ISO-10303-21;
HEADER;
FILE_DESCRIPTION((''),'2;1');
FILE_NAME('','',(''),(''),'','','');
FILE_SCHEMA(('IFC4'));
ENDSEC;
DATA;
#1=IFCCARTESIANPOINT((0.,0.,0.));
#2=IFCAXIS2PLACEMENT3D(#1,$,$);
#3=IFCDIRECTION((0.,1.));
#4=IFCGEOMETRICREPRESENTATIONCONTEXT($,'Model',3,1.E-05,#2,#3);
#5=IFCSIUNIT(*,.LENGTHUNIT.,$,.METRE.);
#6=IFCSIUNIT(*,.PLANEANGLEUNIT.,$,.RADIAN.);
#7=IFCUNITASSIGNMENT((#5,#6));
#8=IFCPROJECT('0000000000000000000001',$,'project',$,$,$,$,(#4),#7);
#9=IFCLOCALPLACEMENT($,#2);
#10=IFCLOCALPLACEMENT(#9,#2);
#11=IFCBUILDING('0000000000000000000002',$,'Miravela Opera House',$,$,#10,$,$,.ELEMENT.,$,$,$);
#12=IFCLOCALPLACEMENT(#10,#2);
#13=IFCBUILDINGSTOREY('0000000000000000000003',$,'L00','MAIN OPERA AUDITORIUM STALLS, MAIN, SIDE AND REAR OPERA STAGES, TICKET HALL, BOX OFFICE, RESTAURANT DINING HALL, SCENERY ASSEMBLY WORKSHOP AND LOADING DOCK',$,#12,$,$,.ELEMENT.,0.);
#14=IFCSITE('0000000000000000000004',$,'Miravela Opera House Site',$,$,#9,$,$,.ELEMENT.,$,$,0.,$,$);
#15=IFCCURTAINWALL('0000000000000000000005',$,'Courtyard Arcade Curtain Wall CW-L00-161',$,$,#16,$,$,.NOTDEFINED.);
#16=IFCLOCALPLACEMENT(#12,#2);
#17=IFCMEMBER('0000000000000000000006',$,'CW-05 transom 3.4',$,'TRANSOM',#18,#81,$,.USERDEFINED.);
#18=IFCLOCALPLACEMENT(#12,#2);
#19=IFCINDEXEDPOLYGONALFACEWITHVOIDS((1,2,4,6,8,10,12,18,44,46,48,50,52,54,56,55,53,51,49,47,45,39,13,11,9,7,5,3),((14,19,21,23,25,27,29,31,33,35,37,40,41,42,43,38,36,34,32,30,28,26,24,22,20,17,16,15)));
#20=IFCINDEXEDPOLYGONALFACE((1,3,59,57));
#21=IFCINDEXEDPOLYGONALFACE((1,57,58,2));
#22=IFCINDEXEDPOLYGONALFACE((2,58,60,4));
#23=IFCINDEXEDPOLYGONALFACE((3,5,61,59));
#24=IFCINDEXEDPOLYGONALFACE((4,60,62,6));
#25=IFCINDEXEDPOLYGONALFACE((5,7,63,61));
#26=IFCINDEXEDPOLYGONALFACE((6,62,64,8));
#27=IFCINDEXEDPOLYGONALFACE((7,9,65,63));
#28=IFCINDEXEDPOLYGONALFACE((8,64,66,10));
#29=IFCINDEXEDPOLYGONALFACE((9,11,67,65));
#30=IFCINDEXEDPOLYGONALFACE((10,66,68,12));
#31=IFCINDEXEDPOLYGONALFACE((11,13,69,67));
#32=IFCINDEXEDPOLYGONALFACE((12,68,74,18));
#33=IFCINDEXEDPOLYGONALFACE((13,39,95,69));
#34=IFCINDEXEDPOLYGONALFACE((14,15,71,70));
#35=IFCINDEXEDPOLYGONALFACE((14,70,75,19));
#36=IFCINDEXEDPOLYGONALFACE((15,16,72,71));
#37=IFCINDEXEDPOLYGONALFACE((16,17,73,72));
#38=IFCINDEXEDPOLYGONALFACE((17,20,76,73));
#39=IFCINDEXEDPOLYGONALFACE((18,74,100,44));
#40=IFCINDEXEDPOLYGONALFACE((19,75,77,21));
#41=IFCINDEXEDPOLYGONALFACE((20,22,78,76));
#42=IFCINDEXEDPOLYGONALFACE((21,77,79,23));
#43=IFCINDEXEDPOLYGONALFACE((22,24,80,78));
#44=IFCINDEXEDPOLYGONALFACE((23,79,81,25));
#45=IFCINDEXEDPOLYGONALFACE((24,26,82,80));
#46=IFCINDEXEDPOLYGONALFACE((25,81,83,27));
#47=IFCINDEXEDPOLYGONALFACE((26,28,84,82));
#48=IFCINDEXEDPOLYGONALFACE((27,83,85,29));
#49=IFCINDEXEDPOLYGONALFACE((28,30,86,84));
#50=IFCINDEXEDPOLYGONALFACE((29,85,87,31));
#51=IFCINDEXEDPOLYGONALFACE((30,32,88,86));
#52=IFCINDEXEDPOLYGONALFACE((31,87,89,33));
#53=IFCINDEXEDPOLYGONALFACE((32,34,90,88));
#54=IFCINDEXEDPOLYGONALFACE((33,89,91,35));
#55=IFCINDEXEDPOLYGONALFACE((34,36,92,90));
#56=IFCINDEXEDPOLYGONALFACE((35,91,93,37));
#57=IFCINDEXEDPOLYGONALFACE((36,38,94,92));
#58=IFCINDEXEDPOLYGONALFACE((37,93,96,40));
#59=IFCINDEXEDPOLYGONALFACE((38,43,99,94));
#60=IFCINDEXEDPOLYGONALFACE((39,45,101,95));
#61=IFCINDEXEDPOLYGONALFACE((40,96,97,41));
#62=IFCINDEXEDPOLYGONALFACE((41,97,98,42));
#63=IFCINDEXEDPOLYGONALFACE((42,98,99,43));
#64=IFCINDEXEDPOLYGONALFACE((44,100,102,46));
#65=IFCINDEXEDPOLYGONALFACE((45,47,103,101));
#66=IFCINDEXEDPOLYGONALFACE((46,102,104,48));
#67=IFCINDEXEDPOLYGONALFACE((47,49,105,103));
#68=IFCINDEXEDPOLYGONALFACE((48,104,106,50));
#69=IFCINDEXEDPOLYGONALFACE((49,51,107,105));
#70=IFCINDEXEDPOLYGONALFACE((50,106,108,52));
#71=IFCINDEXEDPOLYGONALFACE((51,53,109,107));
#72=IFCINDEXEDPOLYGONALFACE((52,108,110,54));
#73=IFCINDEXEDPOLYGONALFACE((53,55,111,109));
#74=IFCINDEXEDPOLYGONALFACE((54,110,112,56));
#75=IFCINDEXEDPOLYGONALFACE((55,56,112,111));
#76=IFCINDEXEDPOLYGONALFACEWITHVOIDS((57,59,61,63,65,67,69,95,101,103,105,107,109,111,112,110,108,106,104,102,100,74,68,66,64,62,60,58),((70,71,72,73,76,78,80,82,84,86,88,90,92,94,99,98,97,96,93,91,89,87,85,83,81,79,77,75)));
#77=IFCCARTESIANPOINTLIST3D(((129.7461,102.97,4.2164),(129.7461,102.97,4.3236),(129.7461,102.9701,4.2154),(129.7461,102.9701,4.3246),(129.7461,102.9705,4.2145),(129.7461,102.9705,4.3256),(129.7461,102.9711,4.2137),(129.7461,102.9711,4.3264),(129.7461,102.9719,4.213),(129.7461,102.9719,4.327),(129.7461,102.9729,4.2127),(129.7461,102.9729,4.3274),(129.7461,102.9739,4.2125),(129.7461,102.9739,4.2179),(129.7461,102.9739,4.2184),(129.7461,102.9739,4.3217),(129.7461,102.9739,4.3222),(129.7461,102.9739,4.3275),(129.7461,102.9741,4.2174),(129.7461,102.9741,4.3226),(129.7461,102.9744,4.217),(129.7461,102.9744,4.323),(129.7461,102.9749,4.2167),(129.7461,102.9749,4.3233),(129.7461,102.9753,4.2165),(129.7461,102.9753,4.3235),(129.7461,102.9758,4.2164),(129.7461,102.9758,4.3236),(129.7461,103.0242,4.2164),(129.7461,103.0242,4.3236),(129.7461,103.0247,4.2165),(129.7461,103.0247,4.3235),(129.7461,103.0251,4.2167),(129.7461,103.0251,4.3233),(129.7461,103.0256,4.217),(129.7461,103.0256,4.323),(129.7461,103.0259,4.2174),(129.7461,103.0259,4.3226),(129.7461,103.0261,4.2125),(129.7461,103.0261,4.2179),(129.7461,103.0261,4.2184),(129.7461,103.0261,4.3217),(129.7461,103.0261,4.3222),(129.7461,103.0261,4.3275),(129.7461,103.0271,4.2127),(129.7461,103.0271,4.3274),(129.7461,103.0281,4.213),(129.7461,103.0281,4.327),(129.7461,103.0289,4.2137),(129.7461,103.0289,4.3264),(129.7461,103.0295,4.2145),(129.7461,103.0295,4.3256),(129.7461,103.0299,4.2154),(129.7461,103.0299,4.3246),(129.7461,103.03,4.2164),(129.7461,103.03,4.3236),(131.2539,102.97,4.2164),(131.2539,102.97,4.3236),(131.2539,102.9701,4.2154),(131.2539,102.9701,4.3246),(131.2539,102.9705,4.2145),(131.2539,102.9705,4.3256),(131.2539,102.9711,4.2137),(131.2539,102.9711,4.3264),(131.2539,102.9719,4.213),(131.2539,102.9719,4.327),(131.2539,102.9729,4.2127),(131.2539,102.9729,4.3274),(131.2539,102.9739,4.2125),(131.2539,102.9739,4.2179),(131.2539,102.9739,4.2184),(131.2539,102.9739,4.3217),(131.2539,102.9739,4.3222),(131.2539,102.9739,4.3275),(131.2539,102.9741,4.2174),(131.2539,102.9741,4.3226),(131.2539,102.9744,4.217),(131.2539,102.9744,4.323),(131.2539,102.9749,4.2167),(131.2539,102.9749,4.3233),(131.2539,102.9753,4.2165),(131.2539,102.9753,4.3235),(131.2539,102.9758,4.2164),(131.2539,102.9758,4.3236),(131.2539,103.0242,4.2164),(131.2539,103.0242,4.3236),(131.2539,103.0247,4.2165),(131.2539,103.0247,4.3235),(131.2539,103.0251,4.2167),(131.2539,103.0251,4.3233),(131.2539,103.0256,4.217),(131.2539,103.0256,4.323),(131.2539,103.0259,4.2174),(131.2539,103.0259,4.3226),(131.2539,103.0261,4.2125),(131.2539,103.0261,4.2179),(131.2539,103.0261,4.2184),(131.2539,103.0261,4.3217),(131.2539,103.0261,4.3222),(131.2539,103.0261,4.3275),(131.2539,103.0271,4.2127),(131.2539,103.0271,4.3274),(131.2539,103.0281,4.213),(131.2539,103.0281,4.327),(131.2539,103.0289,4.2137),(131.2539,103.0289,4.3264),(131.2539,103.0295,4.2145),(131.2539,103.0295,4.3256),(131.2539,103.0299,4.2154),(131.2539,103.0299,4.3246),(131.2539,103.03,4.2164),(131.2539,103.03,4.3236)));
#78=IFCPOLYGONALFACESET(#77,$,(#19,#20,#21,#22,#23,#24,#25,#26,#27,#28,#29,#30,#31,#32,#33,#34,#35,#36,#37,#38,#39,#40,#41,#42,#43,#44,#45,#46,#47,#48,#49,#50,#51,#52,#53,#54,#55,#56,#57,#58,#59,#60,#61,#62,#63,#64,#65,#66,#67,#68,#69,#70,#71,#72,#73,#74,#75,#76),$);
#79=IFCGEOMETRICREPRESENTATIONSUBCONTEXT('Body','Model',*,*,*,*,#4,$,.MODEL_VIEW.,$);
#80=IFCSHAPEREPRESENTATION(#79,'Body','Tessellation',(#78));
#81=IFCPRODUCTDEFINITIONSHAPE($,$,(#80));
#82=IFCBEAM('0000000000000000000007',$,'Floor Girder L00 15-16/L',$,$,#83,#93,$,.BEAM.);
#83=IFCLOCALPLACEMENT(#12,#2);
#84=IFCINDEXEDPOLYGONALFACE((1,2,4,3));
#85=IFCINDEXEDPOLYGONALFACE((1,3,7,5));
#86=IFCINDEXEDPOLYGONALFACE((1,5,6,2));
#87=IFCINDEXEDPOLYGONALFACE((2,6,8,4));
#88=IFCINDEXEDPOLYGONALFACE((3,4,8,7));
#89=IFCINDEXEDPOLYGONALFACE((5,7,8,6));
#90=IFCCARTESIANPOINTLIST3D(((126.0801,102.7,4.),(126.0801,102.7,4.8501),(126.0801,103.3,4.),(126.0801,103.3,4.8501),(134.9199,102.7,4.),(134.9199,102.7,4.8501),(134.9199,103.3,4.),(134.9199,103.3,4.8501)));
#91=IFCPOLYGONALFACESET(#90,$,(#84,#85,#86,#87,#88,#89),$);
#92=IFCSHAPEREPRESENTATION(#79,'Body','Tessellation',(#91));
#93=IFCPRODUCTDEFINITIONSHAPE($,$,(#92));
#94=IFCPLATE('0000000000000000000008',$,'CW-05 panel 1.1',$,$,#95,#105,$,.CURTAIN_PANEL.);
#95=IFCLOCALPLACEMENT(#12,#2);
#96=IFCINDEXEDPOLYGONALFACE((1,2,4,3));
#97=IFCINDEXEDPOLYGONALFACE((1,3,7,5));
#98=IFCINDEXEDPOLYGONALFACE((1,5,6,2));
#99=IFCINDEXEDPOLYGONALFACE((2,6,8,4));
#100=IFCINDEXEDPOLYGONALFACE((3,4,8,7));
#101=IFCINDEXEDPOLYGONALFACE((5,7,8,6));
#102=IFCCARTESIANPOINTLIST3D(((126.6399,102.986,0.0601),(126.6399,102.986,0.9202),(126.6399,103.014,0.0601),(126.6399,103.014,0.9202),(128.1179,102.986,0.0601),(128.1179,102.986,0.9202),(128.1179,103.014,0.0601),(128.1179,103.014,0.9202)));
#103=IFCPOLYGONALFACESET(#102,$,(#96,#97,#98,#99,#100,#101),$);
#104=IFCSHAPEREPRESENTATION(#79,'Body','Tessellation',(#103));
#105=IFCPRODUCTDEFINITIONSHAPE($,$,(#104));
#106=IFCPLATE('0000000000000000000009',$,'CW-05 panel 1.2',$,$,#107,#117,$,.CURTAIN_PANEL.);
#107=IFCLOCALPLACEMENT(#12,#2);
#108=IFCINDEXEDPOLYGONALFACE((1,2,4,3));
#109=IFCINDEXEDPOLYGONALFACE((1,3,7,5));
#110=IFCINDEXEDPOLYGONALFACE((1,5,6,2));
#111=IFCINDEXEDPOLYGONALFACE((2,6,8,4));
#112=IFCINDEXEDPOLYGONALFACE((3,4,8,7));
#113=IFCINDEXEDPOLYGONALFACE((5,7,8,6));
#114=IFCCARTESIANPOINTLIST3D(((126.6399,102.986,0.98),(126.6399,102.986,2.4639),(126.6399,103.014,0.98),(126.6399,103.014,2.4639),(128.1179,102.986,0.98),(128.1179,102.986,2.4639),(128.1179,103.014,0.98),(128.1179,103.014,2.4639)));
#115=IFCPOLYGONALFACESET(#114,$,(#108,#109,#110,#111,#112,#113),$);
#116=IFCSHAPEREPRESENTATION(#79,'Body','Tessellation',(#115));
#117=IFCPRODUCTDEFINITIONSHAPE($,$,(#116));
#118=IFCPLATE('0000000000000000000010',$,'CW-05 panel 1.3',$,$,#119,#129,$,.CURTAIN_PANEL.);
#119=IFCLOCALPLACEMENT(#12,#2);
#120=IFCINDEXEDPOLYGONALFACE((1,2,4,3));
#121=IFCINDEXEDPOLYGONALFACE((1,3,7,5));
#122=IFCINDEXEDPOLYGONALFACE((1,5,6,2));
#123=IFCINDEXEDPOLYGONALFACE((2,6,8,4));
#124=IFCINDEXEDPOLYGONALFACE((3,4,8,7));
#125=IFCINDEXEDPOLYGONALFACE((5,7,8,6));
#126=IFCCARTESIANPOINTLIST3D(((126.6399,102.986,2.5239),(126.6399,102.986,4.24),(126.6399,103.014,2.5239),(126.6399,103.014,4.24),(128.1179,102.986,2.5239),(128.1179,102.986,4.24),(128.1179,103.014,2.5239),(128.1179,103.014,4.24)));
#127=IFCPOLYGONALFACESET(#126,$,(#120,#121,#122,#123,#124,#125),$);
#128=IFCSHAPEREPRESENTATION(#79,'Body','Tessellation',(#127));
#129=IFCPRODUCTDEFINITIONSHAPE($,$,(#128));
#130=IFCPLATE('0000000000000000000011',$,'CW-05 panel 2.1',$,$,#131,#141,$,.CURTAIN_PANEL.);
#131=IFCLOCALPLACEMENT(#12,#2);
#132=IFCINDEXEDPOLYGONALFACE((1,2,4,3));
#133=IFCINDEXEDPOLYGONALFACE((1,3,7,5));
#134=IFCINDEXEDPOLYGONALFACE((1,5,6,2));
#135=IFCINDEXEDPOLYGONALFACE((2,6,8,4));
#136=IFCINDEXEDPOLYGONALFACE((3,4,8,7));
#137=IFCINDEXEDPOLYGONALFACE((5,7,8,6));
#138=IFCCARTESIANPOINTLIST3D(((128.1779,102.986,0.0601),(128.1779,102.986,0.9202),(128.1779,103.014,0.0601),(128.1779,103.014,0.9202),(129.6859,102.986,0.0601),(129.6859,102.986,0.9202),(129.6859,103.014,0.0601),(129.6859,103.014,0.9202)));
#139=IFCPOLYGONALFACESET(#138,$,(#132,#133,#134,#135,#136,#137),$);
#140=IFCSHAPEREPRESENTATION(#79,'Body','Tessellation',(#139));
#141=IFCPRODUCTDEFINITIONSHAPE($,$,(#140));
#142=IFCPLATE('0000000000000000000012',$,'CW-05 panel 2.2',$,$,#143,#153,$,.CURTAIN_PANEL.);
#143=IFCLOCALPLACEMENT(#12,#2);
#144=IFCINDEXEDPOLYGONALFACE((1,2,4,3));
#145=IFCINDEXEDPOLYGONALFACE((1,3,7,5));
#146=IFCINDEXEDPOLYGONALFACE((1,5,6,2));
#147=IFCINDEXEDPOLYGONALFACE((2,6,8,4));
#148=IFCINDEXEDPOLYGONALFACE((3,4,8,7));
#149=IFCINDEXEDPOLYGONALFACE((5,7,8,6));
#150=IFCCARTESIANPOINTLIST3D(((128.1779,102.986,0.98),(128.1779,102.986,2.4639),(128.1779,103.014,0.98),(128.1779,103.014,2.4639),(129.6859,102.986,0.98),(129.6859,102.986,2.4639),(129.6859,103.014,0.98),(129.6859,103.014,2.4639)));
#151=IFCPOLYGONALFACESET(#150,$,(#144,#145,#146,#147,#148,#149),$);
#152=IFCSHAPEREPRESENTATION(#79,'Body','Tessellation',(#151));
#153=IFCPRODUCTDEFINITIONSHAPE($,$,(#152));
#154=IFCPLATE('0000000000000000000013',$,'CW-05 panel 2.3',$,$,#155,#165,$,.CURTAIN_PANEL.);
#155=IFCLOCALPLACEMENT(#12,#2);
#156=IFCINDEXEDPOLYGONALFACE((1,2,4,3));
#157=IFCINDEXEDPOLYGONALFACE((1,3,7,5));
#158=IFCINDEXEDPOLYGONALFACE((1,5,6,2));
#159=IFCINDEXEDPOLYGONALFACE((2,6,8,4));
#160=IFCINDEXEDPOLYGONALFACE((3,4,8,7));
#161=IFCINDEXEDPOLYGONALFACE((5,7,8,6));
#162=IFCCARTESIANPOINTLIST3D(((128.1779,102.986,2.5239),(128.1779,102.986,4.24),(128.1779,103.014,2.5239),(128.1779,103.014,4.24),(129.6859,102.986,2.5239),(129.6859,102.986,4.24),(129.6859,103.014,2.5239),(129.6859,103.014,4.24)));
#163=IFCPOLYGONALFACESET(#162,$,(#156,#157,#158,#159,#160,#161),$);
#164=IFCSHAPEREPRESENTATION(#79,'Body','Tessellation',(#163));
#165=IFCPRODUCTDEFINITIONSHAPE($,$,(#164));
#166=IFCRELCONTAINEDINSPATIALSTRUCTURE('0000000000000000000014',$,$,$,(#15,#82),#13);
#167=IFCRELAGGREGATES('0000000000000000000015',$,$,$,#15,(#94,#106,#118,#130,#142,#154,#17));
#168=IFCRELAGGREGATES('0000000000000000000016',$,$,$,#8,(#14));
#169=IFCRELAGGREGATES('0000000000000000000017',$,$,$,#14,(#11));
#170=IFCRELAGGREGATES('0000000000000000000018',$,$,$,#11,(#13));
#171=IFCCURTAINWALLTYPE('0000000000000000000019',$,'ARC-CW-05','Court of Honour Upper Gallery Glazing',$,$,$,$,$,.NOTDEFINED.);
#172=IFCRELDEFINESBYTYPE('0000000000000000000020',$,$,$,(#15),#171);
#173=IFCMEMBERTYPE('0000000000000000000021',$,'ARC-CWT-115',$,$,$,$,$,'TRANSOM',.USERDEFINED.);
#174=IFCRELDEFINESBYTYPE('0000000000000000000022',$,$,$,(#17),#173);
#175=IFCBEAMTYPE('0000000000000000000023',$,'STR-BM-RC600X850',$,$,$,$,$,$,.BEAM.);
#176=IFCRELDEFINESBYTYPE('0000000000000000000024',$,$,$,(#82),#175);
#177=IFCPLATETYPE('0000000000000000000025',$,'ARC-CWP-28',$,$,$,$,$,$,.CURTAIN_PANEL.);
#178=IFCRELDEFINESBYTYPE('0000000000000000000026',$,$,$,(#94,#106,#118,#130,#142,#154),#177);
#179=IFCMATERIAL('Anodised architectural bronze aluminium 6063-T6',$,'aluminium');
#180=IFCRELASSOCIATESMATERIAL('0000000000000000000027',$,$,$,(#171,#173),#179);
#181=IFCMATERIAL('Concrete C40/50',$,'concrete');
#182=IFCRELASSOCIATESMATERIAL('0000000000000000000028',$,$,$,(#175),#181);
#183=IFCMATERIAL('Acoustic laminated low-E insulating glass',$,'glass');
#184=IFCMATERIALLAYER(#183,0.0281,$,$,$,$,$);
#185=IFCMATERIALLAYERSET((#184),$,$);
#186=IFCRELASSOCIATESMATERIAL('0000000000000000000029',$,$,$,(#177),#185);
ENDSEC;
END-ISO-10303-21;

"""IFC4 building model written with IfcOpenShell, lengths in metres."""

from ifc_helpers import new_model, si_unit, direction, frame, origin, origin_2d, place, context, subcontext, project, spatial, rectangle, hollow_rectangle, extrude, material, layer, layer_set, material_profile, profile_set, type_object, element, aggregate, save


model = new_model("IFC4")

# Units and contexts
model_context = context("Model", 3, precision=1e-05, world=origin(), true_north=direction((0.0, 1.0)))
body_context = subcontext(model_context, "Body", "Model", "MODEL_VIEW")
ifc_project = project(units=[si_unit("LENGTHUNIT", "METRE"), si_unit("PLANEANGLEUNIT", "RADIAN")], contexts=[model_context])

# Site, building, storey
site_placement = place(None, origin())
site = spatial("IfcSite", under=ifc_project, at=site_placement, Name="Miravela Opera House Site", CompositionType="ELEMENT", RefElevation=0.0)
building_placement = place(site_placement, origin())
building = spatial("IfcBuilding", under=site, at=building_placement, Name="Miravela Opera House", CompositionType="ELEMENT")
storey_placement = place(building_placement, origin())
storey = spatial("IfcBuildingStorey", under=building, at=storey_placement, Name="L00", Description="MAIN OPERA AUDITORIUM STALLS, MAIN, SIDE AND REAR OPERA STAGES, TICKET HALL, BOX OFFICE, RESTAURANT DINING HALL, SCENERY ASSEMBLY WORKSHOP AND LOADING DOCK", CompositionType="ELEMENT", Elevation=0.0)

# Curtain wall, member
ifc_material_1 = material(Name="Anodised architectural bronze aluminium 6063-T6", Category="aluminium")
curtain_wall_type = type_object("IfcCurtainWallType", Name="ARC-CW-05", Description="Court of Honour Upper Gallery Glazing", PredefinedType="NOTDEFINED", material=ifc_material_1)
curtain_wall_placement = place(storey_placement, origin())
curtain_wall = element("IfcCurtainWall", 1, at=curtain_wall_placement, inside=storey, type_object=curtain_wall_type, Name="Courtyard Arcade Curtain Wall CW-L00-161", PredefinedType="NOTDEFINED")
ifc_material_profile_1 = material_profile(ifc_material_1, hollow_rectangle(XDim=0.0601, YDim=0.115, WallThickness=0.0039, InnerFilletRadius=0.002, OuterFilletRadius=0.0039, at=origin_2d()), Name="CWT-60X115")
ifc_profile_set_1 = profile_set([ifc_material_profile_1])
member_type_1 = type_object("IfcMemberType", Name="ARC-CWT-115", ElementType="TRANSOM", PredefinedType="USERDEFINED", material=ifc_profile_set_1)
member_1_placement = place(storey_placement, frame((129.7461, 103.0, 4.27), z_axis=(1.0, 0.0, 0.0), x_axis=(0.0, 1.0, 0.0)))
member_1 = element("IfcMember", 2, at=member_1_placement, type_object=member_type_1, Name="CW-05 transom 3.4", ObjectType="TRANSOM", PredefinedType="USERDEFINED", context=body_context, shape_type="SweptSolid", body=[
    extrude(hollow_rectangle(XDim=0.0601, YDim=0.115, WallThickness=0.0039, InnerFilletRadius=0.002, OuterFilletRadius=0.0039, at=origin_2d()), origin(), (0.0, 0.0, 1.0), 1.5078),
])

# Beam
ifc_material_2 = material(Name="Concrete C40/50", Category="concrete")
ifc_material_profile_2 = material_profile(ifc_material_2, rectangle(XDim=0.6001, YDim=0.8501, at=origin_2d()), Name="RC-BM-600X850")
ifc_profile_set_2 = profile_set([ifc_material_profile_2])
beam_type = type_object("IfcBeamType", Name="STR-BM-RC600X850", PredefinedType="BEAM", material=ifc_profile_set_2)
beam_placement = place(storey_placement, frame((126.0801, 103.0, 4.425), z_axis=(1.0, 0.0, 0.0), x_axis=(0.0, 1.0, 0.0)))
element("IfcBeam", 3, at=beam_placement, inside=storey, type_object=beam_type, Name="Floor Girder L00 15-16/L", PredefinedType="BEAM", context=body_context, shape_type="SweptSolid", body=[
    extrude(rectangle(XDim=0.6001, YDim=0.8501, at=origin_2d()), origin(), (0.0, 0.0, 1.0), 8.8398),
])

# Plates
ifc_material_3 = material(Name="Acoustic laminated low-E insulating glass", Category="glass")
ifc_layer = layer(ifc_material_3, 0.0281)
ifc_layer_set = layer_set([ifc_layer])
plate_type = type_object("IfcPlateType", Name="ARC-CWP-28", PredefinedType="CURTAIN_PANEL", material=ifc_layer_set)
plate_1_placement = place(storey_placement, frame((127.3789, 103.0, 0.0601), z_axis=(0.0, 0.0, 1.0), x_axis=(1.0, 0.0, 0.0)))
plate_1 = element("IfcPlate", 4, at=plate_1_placement, type_object=plate_type, Name="CW-05 panel 1.1", PredefinedType="CURTAIN_PANEL", context=body_context, shape_type="SweptSolid", body=[
    extrude(rectangle(XDim=1.478, YDim=0.0281, at=origin_2d()), origin(), (0.0, 0.0, 1.0), 0.8601),
])
plate_2_placement = place(storey_placement, frame((127.3789, 103.0, 0.98), z_axis=(0.0, 0.0, 1.0), x_axis=(1.0, 0.0, 0.0)))
plate_2 = element("IfcPlate", 5, at=plate_2_placement, type_object=plate_type, Name="CW-05 panel 1.2", PredefinedType="CURTAIN_PANEL", context=body_context, shape_type="SweptSolid", body=[
    extrude(rectangle(XDim=1.478, YDim=0.0281, at=origin_2d()), origin(), (0.0, 0.0, 1.0), 1.4839),
])
plate_3_placement = place(storey_placement, frame((127.3789, 103.0, 2.5239), z_axis=(0.0, 0.0, 1.0), x_axis=(1.0, 0.0, 0.0)))
plate_3 = element("IfcPlate", 6, at=plate_3_placement, type_object=plate_type, Name="CW-05 panel 1.3", PredefinedType="CURTAIN_PANEL", context=body_context, shape_type="SweptSolid", body=[
    extrude(rectangle(XDim=1.478, YDim=0.0281, at=origin_2d()), origin(), (0.0, 0.0, 1.0), 1.7161),
])
plate_4_placement = place(storey_placement, frame((128.9319, 103.0, 0.0601), z_axis=(0.0, 0.0, 1.0), x_axis=(1.0, 0.0, 0.0)))
plate_4 = element("IfcPlate", 7, at=plate_4_placement, type_object=plate_type, Name="CW-05 panel 2.1", PredefinedType="CURTAIN_PANEL", context=body_context, shape_type="SweptSolid", body=[
    extrude(rectangle(XDim=1.5081, YDim=0.0281, at=origin_2d()), origin(), (0.0, 0.0, 1.0), 0.8601),
])
plate_5_placement = place(storey_placement, frame((128.9319, 103.0, 0.98), z_axis=(0.0, 0.0, 1.0), x_axis=(1.0, 0.0, 0.0)))
plate_5 = element("IfcPlate", 8, at=plate_5_placement, type_object=plate_type, Name="CW-05 panel 2.2", PredefinedType="CURTAIN_PANEL", context=body_context, shape_type="SweptSolid", body=[
    extrude(rectangle(XDim=1.5081, YDim=0.0281, at=origin_2d()), origin(), (0.0, 0.0, 1.0), 1.4839),
])
plate_6_placement = place(storey_placement, frame((128.9319, 103.0, 2.5239), z_axis=(0.0, 0.0, 1.0), x_axis=(1.0, 0.0, 0.0)))
plate_6 = element("IfcPlate", 9, at=plate_6_placement, type_object=plate_type, Name="CW-05 panel 2.3", PredefinedType="CURTAIN_PANEL", context=body_context, shape_type="SweptSolid", body=[
    extrude(rectangle(XDim=1.5081, YDim=0.0281, at=origin_2d()), origin(), (0.0, 0.0, 1.0), 1.7161),
])
aggregate(curtain_wall, [plate_1, plate_2, plate_3, plate_4, plate_5, plate_6, member_1])

save(model, "model.ifc")
